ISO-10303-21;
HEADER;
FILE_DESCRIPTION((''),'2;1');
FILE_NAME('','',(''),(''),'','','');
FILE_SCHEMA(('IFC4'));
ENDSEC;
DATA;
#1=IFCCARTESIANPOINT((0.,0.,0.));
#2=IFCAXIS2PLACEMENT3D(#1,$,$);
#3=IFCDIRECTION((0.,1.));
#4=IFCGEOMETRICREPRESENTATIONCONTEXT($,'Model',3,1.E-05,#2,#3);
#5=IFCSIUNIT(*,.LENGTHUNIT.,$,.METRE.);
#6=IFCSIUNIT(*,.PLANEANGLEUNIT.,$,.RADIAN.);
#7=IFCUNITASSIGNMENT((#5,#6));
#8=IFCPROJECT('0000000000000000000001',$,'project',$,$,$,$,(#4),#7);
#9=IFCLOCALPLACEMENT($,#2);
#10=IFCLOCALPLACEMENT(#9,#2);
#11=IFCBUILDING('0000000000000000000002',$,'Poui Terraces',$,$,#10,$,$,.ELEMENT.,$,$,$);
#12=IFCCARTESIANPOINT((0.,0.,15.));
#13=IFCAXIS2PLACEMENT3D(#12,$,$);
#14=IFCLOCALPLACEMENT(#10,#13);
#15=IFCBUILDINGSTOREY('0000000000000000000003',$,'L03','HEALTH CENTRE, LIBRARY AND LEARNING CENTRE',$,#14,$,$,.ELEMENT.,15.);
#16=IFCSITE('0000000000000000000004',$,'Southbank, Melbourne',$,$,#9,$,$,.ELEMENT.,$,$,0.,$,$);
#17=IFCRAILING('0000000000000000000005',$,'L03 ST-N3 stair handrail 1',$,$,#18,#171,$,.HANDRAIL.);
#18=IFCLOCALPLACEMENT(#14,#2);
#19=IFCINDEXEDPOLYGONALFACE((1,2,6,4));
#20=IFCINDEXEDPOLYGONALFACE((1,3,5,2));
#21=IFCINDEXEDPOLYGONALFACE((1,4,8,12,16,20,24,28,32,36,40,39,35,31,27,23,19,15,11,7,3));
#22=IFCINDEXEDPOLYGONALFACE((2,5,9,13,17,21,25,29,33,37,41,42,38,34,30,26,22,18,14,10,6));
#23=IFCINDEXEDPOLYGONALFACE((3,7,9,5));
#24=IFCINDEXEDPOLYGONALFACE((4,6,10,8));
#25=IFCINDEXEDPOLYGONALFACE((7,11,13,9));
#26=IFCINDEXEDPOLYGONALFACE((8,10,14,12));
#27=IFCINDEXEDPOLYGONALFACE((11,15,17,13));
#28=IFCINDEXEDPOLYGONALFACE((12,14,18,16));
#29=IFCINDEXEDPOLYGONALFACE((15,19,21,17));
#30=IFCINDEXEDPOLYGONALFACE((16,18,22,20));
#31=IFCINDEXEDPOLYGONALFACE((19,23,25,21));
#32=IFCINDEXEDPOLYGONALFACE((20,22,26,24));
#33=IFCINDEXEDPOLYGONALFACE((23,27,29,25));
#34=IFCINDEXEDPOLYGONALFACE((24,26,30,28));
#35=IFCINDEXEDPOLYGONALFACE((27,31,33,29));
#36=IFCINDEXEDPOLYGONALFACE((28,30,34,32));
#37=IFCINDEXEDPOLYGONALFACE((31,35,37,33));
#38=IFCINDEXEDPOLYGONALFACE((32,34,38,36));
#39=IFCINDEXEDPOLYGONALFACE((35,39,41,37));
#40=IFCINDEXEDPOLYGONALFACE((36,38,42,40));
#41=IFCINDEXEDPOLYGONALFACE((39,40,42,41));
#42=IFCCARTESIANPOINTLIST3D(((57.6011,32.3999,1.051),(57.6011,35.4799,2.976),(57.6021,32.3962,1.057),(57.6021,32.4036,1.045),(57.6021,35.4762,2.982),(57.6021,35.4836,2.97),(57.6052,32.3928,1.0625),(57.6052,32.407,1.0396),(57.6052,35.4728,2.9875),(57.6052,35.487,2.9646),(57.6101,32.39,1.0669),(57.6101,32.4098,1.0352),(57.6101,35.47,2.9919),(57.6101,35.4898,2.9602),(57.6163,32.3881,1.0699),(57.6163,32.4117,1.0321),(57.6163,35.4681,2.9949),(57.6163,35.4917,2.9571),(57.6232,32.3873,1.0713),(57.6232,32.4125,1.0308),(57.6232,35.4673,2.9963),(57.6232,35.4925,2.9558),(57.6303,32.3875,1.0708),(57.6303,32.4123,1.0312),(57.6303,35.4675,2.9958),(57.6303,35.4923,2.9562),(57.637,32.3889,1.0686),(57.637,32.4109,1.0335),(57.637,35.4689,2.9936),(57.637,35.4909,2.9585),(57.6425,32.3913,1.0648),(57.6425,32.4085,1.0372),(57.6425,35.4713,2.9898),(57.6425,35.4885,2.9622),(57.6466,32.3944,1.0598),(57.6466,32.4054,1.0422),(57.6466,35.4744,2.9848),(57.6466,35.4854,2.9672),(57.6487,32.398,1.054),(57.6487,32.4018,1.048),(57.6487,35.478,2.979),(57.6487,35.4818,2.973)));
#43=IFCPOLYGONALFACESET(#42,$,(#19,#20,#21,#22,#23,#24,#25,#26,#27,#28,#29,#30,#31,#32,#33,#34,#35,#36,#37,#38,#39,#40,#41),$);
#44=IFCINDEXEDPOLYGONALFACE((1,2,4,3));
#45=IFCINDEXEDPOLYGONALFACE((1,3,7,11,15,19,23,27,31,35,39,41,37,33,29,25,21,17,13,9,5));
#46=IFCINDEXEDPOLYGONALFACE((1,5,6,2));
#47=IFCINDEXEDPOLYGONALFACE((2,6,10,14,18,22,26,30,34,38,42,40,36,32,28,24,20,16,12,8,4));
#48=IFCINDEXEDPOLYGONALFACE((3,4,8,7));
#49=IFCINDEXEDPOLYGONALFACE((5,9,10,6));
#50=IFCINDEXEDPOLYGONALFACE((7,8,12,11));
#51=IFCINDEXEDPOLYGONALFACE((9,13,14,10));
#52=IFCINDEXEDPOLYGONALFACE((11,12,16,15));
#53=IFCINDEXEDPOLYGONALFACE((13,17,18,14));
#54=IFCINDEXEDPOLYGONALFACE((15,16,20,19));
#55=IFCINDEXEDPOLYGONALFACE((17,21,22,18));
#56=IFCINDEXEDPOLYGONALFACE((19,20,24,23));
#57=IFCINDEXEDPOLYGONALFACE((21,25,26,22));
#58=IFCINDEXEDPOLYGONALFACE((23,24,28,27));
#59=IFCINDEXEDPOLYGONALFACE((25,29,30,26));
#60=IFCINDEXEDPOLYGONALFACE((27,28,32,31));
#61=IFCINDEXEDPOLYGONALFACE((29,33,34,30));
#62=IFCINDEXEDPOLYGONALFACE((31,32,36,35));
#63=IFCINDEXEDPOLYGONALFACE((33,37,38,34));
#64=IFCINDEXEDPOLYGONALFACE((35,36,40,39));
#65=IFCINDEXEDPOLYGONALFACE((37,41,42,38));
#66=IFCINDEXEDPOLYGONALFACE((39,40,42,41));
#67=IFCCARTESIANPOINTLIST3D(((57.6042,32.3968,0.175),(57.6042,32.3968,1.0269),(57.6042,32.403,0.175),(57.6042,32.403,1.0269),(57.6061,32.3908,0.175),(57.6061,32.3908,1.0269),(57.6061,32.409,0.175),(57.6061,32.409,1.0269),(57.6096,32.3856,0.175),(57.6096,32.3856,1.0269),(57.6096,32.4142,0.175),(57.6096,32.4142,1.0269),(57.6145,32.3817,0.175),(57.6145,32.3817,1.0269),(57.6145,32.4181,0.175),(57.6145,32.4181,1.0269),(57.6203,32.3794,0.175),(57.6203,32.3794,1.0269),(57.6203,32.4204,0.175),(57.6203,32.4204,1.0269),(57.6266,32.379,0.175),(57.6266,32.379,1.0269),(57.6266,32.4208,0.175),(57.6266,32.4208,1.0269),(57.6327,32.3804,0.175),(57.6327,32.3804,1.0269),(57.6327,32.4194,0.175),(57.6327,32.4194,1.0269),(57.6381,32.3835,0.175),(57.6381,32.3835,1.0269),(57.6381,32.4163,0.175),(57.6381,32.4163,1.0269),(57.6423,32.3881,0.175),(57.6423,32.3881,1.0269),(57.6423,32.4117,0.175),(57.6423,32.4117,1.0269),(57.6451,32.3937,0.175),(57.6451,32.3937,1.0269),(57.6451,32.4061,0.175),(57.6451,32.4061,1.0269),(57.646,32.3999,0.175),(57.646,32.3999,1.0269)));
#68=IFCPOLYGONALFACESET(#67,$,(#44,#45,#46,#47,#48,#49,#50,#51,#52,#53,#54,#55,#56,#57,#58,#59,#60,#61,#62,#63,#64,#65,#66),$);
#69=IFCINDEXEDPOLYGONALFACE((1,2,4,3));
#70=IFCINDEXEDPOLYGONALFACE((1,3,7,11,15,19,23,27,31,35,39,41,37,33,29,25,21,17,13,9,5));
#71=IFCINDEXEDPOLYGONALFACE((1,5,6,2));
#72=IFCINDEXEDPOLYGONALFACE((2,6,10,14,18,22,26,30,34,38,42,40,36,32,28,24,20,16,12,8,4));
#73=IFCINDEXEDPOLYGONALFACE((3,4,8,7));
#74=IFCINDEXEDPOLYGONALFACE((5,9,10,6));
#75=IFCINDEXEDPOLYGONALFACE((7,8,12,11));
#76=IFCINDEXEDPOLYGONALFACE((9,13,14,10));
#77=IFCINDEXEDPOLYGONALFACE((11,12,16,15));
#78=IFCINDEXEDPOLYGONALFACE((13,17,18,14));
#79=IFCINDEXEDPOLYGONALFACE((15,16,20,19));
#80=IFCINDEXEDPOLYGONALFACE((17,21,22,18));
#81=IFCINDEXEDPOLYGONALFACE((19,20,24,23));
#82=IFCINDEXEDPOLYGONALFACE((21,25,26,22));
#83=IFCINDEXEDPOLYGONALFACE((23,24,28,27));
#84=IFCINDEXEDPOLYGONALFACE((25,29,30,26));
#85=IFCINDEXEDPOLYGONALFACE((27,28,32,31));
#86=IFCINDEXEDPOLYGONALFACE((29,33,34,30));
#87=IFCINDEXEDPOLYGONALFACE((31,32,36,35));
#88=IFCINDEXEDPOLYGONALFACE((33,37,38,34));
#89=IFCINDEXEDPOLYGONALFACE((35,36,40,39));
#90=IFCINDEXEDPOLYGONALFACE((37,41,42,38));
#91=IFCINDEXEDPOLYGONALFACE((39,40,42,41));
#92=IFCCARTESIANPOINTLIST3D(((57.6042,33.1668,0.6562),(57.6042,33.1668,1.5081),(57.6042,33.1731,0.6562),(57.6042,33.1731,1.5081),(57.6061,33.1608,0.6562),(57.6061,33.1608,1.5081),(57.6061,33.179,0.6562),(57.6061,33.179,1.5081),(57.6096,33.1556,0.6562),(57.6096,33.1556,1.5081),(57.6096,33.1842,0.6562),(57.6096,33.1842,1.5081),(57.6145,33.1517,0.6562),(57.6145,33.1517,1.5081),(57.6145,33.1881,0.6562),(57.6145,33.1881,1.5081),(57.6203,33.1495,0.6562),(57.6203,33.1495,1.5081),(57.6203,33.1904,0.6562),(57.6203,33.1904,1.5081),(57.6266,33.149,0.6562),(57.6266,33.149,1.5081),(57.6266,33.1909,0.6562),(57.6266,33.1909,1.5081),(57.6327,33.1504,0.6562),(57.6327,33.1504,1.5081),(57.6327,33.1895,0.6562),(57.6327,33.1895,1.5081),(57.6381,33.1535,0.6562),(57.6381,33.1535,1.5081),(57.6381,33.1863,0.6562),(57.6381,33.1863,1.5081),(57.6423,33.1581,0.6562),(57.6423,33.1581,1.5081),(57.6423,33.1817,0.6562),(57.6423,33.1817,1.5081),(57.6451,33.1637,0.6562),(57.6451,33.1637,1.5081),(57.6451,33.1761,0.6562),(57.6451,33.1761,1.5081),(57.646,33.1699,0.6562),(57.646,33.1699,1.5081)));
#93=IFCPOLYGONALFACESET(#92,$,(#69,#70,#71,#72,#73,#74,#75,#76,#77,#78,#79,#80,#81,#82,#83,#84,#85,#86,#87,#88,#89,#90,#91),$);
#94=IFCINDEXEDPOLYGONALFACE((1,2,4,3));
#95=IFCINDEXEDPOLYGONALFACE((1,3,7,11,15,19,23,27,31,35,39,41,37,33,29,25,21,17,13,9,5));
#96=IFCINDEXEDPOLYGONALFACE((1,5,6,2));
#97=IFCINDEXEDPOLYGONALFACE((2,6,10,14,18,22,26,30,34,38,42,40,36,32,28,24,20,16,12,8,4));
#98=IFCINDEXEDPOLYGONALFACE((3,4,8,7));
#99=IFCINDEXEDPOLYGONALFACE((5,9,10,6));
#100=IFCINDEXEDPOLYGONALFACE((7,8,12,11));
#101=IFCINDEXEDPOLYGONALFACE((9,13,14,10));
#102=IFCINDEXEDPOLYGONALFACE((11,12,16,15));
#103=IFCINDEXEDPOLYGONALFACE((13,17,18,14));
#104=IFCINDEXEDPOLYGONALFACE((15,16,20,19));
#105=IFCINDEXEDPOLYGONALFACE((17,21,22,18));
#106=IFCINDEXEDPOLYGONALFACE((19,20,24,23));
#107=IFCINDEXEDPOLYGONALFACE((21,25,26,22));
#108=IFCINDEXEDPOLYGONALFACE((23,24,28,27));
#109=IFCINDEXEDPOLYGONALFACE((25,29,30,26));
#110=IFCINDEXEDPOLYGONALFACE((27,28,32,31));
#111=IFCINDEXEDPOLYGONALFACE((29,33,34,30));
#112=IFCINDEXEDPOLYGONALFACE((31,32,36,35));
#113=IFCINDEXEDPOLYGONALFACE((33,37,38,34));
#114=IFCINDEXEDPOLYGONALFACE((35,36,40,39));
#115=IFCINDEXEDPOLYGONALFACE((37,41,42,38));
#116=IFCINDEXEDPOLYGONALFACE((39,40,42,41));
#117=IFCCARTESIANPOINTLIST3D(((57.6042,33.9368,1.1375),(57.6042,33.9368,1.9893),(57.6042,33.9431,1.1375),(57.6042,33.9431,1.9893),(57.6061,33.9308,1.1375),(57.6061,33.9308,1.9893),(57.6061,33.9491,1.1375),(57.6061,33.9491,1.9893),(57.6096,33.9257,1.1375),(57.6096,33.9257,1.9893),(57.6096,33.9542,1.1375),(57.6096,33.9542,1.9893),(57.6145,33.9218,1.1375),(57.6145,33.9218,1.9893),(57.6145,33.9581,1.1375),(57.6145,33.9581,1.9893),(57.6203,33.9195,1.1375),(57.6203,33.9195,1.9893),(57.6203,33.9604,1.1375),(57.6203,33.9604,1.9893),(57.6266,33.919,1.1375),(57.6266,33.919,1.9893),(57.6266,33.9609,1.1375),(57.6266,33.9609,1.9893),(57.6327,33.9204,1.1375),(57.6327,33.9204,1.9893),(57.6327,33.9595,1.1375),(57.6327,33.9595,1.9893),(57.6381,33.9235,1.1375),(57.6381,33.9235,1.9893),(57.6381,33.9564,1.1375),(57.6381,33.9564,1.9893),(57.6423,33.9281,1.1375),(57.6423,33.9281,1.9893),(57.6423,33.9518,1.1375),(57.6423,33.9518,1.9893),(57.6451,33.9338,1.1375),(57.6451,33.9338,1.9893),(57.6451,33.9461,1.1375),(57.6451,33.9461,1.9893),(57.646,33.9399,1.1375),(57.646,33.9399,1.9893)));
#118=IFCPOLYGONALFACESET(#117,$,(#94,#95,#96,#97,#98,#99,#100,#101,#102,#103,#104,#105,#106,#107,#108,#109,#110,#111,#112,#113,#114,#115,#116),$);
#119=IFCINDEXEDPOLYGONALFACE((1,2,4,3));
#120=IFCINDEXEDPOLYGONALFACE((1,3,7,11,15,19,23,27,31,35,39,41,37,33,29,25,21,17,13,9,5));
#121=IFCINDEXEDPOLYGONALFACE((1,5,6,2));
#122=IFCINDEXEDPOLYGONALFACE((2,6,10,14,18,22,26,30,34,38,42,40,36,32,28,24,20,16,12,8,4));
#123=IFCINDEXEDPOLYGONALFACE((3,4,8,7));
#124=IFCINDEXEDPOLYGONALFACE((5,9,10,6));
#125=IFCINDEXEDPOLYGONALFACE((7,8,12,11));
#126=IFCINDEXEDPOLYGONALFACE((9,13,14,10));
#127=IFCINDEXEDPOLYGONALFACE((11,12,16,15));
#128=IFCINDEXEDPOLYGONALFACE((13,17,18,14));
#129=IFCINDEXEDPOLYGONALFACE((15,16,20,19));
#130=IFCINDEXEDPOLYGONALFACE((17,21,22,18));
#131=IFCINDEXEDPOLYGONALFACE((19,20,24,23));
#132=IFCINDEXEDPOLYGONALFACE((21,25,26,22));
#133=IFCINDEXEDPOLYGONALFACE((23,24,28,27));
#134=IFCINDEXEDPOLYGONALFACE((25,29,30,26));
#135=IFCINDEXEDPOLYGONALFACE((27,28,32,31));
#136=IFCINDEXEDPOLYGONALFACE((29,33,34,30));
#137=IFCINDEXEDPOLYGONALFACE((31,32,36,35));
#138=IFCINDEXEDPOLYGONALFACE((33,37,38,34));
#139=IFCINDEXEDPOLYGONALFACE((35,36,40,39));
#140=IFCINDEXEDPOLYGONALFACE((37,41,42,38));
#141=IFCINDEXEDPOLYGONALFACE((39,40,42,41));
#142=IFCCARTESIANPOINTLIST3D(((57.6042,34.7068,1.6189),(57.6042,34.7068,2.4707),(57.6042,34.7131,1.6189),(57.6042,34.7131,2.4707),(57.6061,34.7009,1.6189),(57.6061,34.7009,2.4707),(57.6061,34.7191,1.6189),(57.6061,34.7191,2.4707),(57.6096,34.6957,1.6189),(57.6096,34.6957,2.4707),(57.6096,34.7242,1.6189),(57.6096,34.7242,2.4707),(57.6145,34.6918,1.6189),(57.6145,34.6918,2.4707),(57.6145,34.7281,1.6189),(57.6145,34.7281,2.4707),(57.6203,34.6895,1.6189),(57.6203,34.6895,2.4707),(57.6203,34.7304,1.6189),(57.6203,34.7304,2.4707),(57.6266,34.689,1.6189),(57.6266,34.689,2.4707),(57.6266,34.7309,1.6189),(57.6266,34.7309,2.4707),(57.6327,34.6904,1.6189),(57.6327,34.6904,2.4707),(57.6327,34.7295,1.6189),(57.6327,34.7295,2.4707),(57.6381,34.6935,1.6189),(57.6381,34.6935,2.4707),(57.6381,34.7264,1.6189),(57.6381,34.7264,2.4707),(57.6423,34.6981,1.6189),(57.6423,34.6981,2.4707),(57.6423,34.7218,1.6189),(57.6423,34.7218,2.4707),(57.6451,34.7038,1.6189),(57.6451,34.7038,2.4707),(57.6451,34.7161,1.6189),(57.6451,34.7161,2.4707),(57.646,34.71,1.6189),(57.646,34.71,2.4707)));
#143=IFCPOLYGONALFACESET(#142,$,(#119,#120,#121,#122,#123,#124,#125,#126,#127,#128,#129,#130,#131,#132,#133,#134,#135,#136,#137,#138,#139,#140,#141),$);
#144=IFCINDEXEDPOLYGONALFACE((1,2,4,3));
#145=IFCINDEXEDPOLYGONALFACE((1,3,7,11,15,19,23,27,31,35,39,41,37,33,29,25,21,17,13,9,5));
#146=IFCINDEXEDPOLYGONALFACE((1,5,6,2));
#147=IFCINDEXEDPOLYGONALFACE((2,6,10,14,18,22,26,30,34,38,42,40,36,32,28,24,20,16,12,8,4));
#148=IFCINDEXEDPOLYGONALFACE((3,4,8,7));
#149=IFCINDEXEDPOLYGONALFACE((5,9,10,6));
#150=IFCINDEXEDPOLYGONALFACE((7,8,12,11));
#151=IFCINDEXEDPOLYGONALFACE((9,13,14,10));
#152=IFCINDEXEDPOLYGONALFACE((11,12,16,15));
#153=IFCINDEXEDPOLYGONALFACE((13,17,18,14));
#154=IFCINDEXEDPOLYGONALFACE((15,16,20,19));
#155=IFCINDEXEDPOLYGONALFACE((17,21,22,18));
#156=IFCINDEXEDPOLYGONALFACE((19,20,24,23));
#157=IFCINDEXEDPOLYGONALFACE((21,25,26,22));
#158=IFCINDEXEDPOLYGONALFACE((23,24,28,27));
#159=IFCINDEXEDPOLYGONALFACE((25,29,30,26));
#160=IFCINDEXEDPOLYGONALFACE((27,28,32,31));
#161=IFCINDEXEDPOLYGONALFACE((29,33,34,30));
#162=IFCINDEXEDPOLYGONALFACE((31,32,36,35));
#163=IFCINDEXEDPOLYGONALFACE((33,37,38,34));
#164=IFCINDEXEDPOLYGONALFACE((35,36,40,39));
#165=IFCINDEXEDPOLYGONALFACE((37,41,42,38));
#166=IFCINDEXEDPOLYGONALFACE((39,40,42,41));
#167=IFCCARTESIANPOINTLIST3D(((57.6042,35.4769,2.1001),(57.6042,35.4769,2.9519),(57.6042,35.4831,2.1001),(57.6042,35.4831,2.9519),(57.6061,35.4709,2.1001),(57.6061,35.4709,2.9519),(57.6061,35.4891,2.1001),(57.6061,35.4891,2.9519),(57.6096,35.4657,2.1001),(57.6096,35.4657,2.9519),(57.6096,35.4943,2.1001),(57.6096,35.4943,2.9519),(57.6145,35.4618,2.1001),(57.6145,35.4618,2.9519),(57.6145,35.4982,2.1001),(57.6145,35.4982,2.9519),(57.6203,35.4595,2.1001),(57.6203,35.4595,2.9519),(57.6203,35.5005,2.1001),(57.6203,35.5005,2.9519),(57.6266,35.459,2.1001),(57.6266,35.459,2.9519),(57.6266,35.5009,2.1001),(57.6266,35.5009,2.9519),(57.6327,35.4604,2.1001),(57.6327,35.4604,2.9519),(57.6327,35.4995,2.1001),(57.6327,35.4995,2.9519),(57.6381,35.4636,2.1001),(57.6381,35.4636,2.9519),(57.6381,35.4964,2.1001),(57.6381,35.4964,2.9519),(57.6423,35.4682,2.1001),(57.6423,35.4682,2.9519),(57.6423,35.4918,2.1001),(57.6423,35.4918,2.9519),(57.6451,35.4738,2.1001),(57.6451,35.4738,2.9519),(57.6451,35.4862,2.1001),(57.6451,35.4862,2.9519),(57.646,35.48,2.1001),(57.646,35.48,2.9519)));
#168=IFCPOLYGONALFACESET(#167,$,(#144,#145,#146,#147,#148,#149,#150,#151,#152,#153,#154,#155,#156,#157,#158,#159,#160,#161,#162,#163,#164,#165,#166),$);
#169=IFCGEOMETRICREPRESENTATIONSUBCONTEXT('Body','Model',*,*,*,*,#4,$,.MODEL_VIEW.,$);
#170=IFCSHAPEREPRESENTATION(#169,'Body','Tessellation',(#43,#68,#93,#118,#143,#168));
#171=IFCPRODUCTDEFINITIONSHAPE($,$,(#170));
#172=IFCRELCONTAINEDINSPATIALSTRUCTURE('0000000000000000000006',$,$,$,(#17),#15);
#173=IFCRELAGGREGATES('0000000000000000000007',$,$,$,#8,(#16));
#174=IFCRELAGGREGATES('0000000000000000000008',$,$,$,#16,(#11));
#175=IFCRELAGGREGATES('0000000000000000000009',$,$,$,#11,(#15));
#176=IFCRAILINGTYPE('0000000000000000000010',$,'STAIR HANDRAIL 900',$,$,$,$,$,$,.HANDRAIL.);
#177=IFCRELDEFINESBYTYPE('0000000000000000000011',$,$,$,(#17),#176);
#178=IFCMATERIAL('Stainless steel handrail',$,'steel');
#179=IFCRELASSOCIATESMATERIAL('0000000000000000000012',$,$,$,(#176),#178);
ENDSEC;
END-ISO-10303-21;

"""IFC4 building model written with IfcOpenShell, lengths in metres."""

from ifc_helpers import new_model, si_unit, direction, frame, origin, origin_2d, place, context, subcontext, project, spatial, circle, extrude, material, type_object, element, save


model = new_model("IFC4")

# Units and contexts
model_context = context("Model", 3, precision=1e-05, world=origin(), true_north=direction((0.0, 1.0)))
body_context = subcontext(model_context, "Body", "Model", "MODEL_VIEW")
ifc_project = project(units=[si_unit("LENGTHUNIT", "METRE"), si_unit("PLANEANGLEUNIT", "RADIAN")], contexts=[model_context])

# Site, building, storey
site_placement = place(None, origin())
site = spatial("IfcSite", under=ifc_project, at=site_placement, Name="Southbank, Melbourne", CompositionType="ELEMENT", RefElevation=0.0)
building_placement = place(site_placement, origin())
building = spatial("IfcBuilding", under=site, at=building_placement, Name="Poui Terraces", CompositionType="ELEMENT")
storey_placement = place(building_placement, frame((0.0, 0.0, 15.0)))
storey = spatial("IfcBuildingStorey", under=building, at=storey_placement, Name="L03", Description="HEALTH CENTRE, LIBRARY AND LEARNING CENTRE", CompositionType="ELEMENT", Elevation=15.0)

# Railing
ifc_material_1 = material(Name="Stainless steel handrail", Category="steel")
railing_type_1 = type_object("IfcRailingType", Name="STAIR HANDRAIL 900", PredefinedType="HANDRAIL", material=ifc_material_1)
railing_1_placement = place(storey_placement, frame((57.625, 32.3999, 0.175)))
element("IfcRailing", 1, at=railing_1_placement, inside=storey, type_object=railing_type_1, Name="L03 ST-N3 stair handrail 1", PredefinedType="HANDRAIL", context=body_context, shape_type="SweptSolid", body=[
    extrude(circle(Radius=0.0239, at=origin_2d()), frame((0.0, 0.0, 0.876), z_axis=(0.0, 0.847998, 0.529999), x_axis=(-1.0, 0.0, 0.0)), (0.0, 0.0, 1.0), 3.6321),
    extrude(circle(Radius=0.021, at=origin_2d()), origin(), (0.0, 0.0, 1.0), 0.8518),
    extrude(circle(Radius=0.021, at=origin_2d()), frame((0.0, 0.77, 0.4812)), (0.0, 0.0, 1.0), 0.8518),
    extrude(circle(Radius=0.021, at=origin_2d()), frame((0.0, 1.54, 0.9624)), (0.0, 0.0, 1.0), 0.8518),
    extrude(circle(Radius=0.021, at=origin_2d()), frame((0.0, 2.3101, 1.4438)), (0.0, 0.0, 1.0), 0.8518),
    extrude(circle(Radius=0.021, at=origin_2d()), frame((0.0, 3.0801, 1.925)), (0.0, 0.0, 1.0), 0.8518),
])

save(model, "model.ifc")
